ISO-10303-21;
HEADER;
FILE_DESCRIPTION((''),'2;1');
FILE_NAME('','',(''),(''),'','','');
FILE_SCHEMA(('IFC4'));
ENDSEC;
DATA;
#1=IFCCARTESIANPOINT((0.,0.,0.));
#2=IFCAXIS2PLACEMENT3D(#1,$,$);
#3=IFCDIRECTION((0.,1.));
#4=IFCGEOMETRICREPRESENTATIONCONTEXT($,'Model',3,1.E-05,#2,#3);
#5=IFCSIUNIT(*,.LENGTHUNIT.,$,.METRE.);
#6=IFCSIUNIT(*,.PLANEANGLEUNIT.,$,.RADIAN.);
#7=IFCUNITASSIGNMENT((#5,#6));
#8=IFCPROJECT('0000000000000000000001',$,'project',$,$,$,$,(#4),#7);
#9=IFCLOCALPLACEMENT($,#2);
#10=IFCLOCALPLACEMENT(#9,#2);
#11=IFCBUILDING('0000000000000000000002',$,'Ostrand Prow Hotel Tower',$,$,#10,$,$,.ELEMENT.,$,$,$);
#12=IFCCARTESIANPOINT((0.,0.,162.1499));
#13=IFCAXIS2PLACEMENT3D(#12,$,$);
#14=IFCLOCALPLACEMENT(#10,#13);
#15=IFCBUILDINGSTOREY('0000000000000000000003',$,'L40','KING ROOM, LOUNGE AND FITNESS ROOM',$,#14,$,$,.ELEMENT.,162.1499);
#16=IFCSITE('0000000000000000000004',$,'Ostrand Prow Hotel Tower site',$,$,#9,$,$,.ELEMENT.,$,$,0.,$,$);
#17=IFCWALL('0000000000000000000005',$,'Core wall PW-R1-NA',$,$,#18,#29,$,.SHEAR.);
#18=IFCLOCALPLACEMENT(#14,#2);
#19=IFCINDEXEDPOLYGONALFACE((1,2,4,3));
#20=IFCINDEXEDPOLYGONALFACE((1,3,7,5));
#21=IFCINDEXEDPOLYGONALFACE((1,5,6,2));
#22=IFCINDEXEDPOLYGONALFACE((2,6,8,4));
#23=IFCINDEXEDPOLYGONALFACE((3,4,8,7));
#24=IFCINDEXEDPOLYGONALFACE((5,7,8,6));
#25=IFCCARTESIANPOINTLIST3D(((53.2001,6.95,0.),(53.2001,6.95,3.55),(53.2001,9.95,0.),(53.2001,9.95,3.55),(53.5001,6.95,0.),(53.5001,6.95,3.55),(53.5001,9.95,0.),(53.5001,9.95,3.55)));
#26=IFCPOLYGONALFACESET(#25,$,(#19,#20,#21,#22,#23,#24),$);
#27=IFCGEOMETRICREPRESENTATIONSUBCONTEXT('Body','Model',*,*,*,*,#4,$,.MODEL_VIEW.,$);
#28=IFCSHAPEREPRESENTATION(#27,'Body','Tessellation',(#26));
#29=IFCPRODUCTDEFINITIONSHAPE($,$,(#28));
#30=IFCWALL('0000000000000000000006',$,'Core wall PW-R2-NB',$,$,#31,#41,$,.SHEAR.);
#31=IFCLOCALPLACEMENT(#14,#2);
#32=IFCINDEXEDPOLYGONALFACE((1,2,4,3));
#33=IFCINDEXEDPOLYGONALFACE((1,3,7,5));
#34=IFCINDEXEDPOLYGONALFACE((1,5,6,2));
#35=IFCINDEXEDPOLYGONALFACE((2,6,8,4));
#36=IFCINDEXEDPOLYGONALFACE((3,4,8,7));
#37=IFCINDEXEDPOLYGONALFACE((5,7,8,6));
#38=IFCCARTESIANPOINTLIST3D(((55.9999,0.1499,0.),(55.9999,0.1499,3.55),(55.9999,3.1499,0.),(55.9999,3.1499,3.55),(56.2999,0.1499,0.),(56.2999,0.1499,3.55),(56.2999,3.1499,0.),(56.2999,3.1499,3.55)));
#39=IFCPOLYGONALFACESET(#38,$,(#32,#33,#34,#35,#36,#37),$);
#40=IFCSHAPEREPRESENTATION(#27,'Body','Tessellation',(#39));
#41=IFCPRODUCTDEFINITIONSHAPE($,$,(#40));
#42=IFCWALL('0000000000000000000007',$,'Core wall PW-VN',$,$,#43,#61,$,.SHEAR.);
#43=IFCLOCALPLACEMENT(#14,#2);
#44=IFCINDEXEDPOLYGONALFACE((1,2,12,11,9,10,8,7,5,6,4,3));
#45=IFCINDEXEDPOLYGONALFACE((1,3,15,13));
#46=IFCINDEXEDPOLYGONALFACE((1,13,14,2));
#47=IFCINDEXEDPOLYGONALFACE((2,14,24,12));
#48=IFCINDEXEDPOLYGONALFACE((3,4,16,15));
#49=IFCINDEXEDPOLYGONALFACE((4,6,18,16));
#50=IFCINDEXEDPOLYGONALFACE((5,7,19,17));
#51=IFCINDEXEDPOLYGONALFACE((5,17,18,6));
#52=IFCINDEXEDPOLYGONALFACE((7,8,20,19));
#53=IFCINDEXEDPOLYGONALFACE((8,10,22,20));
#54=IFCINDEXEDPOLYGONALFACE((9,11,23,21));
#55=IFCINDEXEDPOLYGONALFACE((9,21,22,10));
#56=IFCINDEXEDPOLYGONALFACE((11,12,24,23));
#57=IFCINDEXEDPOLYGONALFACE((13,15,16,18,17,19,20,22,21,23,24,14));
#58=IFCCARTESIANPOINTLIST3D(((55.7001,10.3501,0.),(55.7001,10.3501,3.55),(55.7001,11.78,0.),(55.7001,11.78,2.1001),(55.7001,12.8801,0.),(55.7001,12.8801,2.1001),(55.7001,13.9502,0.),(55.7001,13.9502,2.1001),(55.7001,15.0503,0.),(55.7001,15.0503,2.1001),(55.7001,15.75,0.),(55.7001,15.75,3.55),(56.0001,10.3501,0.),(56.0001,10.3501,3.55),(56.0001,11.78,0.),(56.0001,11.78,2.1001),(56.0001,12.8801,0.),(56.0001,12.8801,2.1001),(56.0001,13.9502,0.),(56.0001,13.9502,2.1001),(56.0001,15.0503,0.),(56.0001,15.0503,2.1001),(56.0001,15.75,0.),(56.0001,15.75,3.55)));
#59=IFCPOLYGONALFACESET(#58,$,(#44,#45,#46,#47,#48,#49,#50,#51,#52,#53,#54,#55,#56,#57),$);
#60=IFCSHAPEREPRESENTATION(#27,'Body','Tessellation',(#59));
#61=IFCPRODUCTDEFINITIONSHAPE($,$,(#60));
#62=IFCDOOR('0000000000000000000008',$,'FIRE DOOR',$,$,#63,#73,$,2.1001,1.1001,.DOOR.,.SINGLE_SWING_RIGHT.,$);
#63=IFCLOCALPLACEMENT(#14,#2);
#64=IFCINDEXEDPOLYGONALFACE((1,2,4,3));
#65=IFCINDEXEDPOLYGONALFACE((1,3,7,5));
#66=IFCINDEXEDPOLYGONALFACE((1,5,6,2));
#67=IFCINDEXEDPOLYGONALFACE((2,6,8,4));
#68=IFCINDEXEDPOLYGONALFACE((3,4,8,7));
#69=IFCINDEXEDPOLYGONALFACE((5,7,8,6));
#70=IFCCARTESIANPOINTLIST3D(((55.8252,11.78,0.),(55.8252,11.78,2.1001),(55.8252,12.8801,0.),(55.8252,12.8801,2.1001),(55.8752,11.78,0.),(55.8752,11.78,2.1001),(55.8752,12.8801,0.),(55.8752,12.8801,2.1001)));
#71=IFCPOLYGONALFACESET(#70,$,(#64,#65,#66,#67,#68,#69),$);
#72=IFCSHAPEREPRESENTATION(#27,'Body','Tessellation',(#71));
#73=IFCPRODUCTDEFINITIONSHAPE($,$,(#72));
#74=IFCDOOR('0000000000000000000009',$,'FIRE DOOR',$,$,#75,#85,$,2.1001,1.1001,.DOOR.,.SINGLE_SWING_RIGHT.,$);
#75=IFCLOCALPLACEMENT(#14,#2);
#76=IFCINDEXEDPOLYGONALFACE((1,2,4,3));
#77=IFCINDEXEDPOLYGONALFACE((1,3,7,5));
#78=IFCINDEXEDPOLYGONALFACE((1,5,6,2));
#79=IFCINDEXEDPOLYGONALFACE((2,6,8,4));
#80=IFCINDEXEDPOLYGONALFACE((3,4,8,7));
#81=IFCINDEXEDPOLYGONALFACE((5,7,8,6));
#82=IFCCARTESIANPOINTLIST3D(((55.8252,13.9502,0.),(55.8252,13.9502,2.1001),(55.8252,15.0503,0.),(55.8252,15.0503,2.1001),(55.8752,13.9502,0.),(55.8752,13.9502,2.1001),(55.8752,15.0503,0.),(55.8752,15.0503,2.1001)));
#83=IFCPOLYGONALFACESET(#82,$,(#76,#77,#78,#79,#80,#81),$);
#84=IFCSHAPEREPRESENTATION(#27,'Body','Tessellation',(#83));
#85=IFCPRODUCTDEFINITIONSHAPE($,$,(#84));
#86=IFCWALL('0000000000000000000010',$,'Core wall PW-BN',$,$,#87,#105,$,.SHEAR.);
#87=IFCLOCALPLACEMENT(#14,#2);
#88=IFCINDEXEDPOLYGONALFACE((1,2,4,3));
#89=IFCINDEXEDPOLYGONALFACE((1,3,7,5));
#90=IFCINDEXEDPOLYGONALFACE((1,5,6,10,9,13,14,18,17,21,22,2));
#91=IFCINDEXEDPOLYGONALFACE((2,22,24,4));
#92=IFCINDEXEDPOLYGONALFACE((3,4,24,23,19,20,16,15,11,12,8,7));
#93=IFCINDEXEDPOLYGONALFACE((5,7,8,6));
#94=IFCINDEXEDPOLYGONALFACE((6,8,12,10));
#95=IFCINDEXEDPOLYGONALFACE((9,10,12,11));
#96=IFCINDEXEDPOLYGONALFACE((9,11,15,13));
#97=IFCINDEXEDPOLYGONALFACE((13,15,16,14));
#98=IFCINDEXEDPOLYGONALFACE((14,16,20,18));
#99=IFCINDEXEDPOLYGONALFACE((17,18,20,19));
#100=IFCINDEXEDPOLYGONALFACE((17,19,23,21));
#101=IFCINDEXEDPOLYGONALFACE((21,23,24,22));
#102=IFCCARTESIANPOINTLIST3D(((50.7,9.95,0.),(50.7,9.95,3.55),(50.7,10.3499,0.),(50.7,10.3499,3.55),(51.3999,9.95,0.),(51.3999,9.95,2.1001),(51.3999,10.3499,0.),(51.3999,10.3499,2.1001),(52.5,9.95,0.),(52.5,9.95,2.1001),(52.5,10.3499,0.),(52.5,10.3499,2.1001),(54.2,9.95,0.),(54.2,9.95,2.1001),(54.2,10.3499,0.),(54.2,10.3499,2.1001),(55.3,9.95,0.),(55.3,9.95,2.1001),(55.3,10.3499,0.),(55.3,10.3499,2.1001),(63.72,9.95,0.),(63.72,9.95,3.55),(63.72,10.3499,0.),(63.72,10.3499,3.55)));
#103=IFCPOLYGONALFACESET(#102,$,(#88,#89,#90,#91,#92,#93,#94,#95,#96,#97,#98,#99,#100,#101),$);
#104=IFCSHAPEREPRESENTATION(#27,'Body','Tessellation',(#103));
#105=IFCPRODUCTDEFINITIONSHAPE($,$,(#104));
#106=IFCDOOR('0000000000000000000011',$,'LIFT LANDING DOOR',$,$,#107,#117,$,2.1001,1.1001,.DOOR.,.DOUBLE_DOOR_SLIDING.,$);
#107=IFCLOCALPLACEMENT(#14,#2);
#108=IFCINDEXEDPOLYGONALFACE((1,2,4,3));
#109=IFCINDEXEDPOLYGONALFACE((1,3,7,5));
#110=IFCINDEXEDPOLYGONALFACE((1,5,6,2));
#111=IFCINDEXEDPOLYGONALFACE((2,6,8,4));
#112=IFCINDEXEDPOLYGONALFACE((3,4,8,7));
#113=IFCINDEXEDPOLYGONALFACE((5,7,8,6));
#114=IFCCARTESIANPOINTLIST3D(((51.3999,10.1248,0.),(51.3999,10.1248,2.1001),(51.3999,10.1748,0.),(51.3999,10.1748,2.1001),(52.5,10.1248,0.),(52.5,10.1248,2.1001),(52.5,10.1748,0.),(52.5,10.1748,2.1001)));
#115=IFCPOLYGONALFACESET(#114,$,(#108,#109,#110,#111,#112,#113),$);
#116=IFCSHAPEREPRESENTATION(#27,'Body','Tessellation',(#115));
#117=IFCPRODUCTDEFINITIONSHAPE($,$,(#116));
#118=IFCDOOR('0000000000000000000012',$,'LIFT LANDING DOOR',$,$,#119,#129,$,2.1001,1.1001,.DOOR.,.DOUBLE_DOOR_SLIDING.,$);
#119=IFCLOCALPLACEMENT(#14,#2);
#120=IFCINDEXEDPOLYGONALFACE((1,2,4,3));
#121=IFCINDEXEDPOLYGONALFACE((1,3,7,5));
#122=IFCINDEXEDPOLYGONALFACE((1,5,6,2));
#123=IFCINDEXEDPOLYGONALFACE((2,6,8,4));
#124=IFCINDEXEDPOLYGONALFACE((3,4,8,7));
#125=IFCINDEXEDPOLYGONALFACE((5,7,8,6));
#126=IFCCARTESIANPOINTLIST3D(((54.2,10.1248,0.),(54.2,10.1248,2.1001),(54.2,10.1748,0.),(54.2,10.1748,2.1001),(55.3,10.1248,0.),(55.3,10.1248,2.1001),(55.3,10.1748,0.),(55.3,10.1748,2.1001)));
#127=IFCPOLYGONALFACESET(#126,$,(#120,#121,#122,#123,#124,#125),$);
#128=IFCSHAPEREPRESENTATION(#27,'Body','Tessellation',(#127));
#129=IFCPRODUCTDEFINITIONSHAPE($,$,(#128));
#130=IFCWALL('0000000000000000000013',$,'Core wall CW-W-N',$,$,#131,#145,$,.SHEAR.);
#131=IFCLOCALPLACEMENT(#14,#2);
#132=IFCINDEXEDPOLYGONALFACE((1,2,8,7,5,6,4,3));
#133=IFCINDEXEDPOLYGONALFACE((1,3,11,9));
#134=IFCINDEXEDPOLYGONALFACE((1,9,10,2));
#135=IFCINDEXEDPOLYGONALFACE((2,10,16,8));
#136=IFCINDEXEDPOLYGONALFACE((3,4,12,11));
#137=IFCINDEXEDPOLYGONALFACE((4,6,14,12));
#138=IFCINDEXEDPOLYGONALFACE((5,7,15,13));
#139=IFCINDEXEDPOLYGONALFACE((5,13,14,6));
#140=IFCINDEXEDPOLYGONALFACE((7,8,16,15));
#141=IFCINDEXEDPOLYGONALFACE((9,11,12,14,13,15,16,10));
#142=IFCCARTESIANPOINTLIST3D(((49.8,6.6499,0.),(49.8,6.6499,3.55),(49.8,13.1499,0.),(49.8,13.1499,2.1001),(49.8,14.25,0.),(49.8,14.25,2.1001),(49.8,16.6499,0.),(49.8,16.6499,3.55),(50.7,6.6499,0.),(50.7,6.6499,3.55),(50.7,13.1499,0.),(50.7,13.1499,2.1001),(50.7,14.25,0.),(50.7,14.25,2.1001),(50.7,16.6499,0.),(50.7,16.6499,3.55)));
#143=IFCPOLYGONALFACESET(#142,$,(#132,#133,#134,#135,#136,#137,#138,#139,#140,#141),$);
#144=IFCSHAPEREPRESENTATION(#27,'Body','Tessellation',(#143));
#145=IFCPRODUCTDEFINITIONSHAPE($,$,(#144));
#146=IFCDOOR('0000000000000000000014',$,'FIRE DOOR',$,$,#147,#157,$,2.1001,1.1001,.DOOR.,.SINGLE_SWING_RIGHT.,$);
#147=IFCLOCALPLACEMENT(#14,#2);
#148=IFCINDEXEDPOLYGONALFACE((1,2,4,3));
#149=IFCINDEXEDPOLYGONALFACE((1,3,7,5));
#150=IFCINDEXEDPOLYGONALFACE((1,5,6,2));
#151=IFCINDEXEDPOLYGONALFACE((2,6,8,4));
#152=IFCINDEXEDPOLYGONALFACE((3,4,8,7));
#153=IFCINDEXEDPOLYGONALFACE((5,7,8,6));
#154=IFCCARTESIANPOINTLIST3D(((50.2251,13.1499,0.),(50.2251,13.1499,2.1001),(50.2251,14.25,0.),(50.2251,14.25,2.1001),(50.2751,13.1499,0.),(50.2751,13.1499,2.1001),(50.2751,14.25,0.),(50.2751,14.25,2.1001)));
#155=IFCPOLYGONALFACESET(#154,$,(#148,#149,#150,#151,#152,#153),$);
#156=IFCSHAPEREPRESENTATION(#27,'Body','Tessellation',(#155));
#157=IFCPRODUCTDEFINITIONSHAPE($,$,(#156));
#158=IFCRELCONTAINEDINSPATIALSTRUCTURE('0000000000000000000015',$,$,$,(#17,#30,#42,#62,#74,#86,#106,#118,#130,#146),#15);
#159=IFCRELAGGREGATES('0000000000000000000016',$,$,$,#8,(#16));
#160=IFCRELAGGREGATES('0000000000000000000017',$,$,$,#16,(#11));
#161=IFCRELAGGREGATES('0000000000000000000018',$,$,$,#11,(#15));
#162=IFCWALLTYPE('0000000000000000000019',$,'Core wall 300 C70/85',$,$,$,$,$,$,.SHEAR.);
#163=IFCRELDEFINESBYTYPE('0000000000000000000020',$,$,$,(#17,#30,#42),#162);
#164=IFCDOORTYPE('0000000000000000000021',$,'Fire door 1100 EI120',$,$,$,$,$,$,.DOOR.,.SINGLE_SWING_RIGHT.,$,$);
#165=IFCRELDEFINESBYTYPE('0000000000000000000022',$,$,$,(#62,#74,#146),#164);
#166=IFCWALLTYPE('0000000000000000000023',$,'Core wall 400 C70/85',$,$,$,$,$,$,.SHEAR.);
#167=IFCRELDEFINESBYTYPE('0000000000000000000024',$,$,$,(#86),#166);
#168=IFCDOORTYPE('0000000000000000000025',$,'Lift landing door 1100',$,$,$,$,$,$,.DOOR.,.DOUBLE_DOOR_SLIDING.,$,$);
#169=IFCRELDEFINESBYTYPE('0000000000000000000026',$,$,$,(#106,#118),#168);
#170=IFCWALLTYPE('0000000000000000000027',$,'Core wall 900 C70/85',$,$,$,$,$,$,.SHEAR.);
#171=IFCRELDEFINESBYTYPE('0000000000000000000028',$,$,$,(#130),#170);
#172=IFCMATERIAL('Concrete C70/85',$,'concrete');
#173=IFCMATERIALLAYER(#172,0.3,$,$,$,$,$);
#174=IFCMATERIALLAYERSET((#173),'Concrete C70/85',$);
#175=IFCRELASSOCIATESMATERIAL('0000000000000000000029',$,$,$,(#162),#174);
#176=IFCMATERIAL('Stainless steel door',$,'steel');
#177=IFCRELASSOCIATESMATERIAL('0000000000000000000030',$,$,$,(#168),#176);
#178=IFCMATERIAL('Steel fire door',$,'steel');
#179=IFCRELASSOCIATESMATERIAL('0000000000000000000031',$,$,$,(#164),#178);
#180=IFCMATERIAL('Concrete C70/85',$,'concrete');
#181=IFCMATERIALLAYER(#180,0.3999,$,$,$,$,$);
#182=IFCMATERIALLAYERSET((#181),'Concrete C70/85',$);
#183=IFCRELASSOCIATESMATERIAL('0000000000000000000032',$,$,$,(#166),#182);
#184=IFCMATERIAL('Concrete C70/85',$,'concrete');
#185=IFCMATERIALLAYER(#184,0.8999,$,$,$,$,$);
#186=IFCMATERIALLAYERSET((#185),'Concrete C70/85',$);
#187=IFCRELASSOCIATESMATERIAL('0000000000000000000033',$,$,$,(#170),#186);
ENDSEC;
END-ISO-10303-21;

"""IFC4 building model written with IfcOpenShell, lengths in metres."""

from ifc_helpers import new_model, si_unit, direction, frame, frame_2d, origin, place, context, subcontext, project, spatial, rectangle, extrude, material, layer, layer_set, type_object, element, fill, save


model = new_model("IFC4")

# Units and contexts
model_context = context("Model", 3, precision=1e-05, world=origin(), true_north=direction((0.0, 1.0)))
body_context = subcontext(model_context, "Body", "Model", "MODEL_VIEW")
ifc_project = project(units=[si_unit("LENGTHUNIT", "METRE"), si_unit("PLANEANGLEUNIT", "RADIAN")], contexts=[model_context])

# Site, building, storey
site_placement = place(None, origin())
site = spatial("IfcSite", under=ifc_project, at=site_placement, Name="Ostrand Prow Hotel Tower site", CompositionType="ELEMENT", RefElevation=0.0)
building_placement = place(site_placement, origin())
building = spatial("IfcBuilding", under=site, at=building_placement, Name="Ostrand Prow Hotel Tower", CompositionType="ELEMENT")
storey_placement = place(building_placement, frame((0.0, 0.0, 162.1499)))
storey = spatial("IfcBuildingStorey", under=building, at=storey_placement, Name="L40", Description="KING ROOM, LOUNGE AND FITNESS ROOM", CompositionType="ELEMENT", Elevation=162.1499)

# Shared definitions
ifc_material_1 = material(Name="Concrete C70/85", Category="concrete")
ifc_layer_1 = layer(ifc_material_1, 0.3)
ifc_layer_set_1 = layer_set([ifc_layer_1], Name="Concrete C70/85")
wall_type_1 = type_object("IfcWallType", Name="Core wall 300 C70/85", PredefinedType="SHEAR", material=ifc_layer_set_1)
ifc_material_2 = material(Name="Stainless steel door", Category="steel")
door_type_1 = type_object("IfcDoorType", Name="Lift landing door 1100", OperationType="DOUBLE_DOOR_SLIDING", PredefinedType="DOOR", material=ifc_material_2)

# Walls
for number, where, z_axis, x_axis, name in (
    (1, (53.3501, 6.95, 0.0), (0.0, 0.0, 1.0), (0.0, 1.0, 0.0), "Core wall PW-R1-NA"),
    (2, (56.1499, 0.1499, 0.0), (0.0, 0.0, 1.0), (0.0, 1.0, 0.0), "Core wall PW-R2-NB"),
):
    element("IfcWall", number, at=place(storey_placement, frame(where, z_axis=z_axis, x_axis=x_axis)), inside=storey, type_object=wall_type_1, Name=name, PredefinedType="SHEAR", context=body_context, shape_type="SweptSolid", body=[
        extrude(rectangle(XDim=3.0, YDim=0.3, at=frame_2d((1.5, 0.0))), origin(), (0.0, 0.0, 1.0), 3.55),
    ])

# Walls, openings, doors
wall_1_placement = place(storey_placement, frame((55.8501, 10.3501, 0.0), z_axis=(0.0, 0.0, 1.0), x_axis=(0.0, 1.0, 0.0)))
wall_1 = element("IfcWall", 3, at=wall_1_placement, inside=storey, type_object=wall_type_1, Name="Core wall PW-VN", PredefinedType="SHEAR", context=body_context, shape_type="SweptSolid", body=[
    extrude(rectangle(XDim=5.3999, YDim=0.3, at=frame_2d((2.7, 0.0))), origin(), (0.0, 0.0, 1.0), 3.55),
])
opening_1_placement = place(wall_1_placement, frame((1.4299, 0.0, 0.0)))
opening_1 = element("IfcOpeningElement", 4, at=opening_1_placement, cuts=wall_1, PredefinedType="OPENING", context=body_context, shape_type="SweptSolid", body=[
    extrude(rectangle(XDim=1.1001, YDim=2.1001, at=frame_2d((0.55, 1.05))), frame((0.0, 0.1599, 0.0), z_axis=(0.0, -1.0, 0.0), x_axis=(1.0, 0.0, 0.0)), (0.0, 0.0, 1.0), 0.3201),
])
opening_2_placement = place(wall_1_placement, frame((3.6001, 0.0, 0.0)))
opening_2 = element("IfcOpeningElement", 5, at=opening_2_placement, cuts=wall_1, PredefinedType="OPENING", context=body_context, shape_type="SweptSolid", body=[
    extrude(rectangle(XDim=1.1001, YDim=2.1001, at=frame_2d((0.55, 1.05))), frame((0.0, 0.1599, 0.0), z_axis=(0.0, -1.0, 0.0), x_axis=(1.0, 0.0, 0.0)), (0.0, 0.0, 1.0), 0.3201),
])
ifc_material_3 = material(Name="Steel fire door", Category="steel")
door_type_2 = type_object("IfcDoorType", Name="Fire door 1100 EI120", OperationType="SINGLE_SWING_RIGHT", PredefinedType="DOOR", material=ifc_material_3)
door_1_placement = place(opening_1_placement, origin())
door_1 = element("IfcDoor", 6, at=door_1_placement, inside=storey, type_object=door_type_2, Name="FIRE DOOR", OperationType="SINGLE_SWING_RIGHT", OverallHeight=2.1001, OverallWidth=1.1001, PredefinedType="DOOR", context=body_context, shape_type="SweptSolid", body=[
    extrude(rectangle(XDim=1.1001, YDim=2.1001, at=frame_2d((0.55, 1.05))), frame((0.0, 0.0249, 0.0), z_axis=(0.0, -1.0, 0.0), x_axis=(1.0, 0.0, 0.0)), (0.0, 0.0, 1.0), 0.05),
])
fill(opening_1, door_1)
door_2_placement = place(opening_2_placement, origin())
door_2 = element("IfcDoor", 7, at=door_2_placement, inside=storey, type_object=door_type_2, Name="FIRE DOOR", OperationType="SINGLE_SWING_RIGHT", OverallHeight=2.1001, OverallWidth=1.1001, PredefinedType="DOOR", context=body_context, shape_type="SweptSolid", body=[
    extrude(rectangle(XDim=1.1001, YDim=2.1001, at=frame_2d((0.55, 1.05))), frame((0.0, 0.0249, 0.0), z_axis=(0.0, -1.0, 0.0), x_axis=(1.0, 0.0, 0.0)), (0.0, 0.0, 1.0), 0.05),
])
fill(opening_2, door_2)
ifc_material_4 = material(Name="Concrete C70/85", Category="concrete")
ifc_layer_2 = layer(ifc_material_4, 0.3999)
ifc_layer_set_2 = layer_set([ifc_layer_2], Name="Concrete C70/85")
wall_type_2 = type_object("IfcWallType", Name="Core wall 400 C70/85", PredefinedType="SHEAR", material=ifc_layer_set_2)
wall_2_placement = place(storey_placement, frame((50.7, 10.1499, 0.0), z_axis=(0.0, 0.0, 1.0), x_axis=(1.0, 0.0, 0.0)))
wall_2 = element("IfcWall", 8, at=wall_2_placement, inside=storey, type_object=wall_type_2, Name="Core wall PW-BN", PredefinedType="SHEAR", context=body_context, shape_type="SweptSolid", body=[
    extrude(rectangle(XDim=13.02, YDim=0.3999, at=frame_2d((6.51, 0.0))), origin(), (0.0, 0.0, 1.0), 3.55),
])
opening_3_placement = place(wall_2_placement, frame((0.7, 0.0, 0.0)))
opening_3 = element("IfcOpeningElement", 9, at=opening_3_placement, cuts=wall_2, PredefinedType="OPENING", context=body_context, shape_type="SweptSolid", body=[
    extrude(rectangle(XDim=1.1001, YDim=2.1001, at=frame_2d((0.55, 1.05))), frame((0.0, 0.21, 0.0), z_axis=(0.0, -1.0, 0.0), x_axis=(1.0, 0.0, 0.0)), (0.0, 0.0, 1.0), 0.4199),
])
opening_4_placement = place(wall_2_placement, frame((3.5, 0.0, 0.0)))
opening_4 = element("IfcOpeningElement", 10, at=opening_4_placement, cuts=wall_2, PredefinedType="OPENING", context=body_context, shape_type="SweptSolid", body=[
    extrude(rectangle(XDim=1.1001, YDim=2.1001, at=frame_2d((0.55, 1.05))), frame((0.0, 0.21, 0.0), z_axis=(0.0, -1.0, 0.0), x_axis=(1.0, 0.0, 0.0)), (0.0, 0.0, 1.0), 0.4199),
])
door_3_placement = place(opening_3_placement, origin())
door_3 = element("IfcDoor", 11, at=door_3_placement, inside=storey, type_object=door_type_1, Name="LIFT LANDING DOOR", OperationType="DOUBLE_DOOR_SLIDING", OverallHeight=2.1001, OverallWidth=1.1001, PredefinedType="DOOR", context=body_context, shape_type="SweptSolid", body=[
    extrude(rectangle(XDim=1.1001, YDim=2.1001, at=frame_2d((0.55, 1.05))), frame((0.0, 0.0249, 0.0), z_axis=(0.0, -1.0, 0.0), x_axis=(1.0, 0.0, 0.0)), (0.0, 0.0, 1.0), 0.05),
])
fill(opening_3, door_3)
door_4_placement = place(opening_4_placement, origin())
door_4 = element("IfcDoor", 12, at=door_4_placement, inside=storey, type_object=door_type_1, Name="LIFT LANDING DOOR", OperationType="DOUBLE_DOOR_SLIDING", OverallHeight=2.1001, OverallWidth=1.1001, PredefinedType="DOOR", context=body_context, shape_type="SweptSolid", body=[
    extrude(rectangle(XDim=1.1001, YDim=2.1001, at=frame_2d((0.55, 1.05))), frame((0.0, 0.0249, 0.0), z_axis=(0.0, -1.0, 0.0), x_axis=(1.0, 0.0, 0.0)), (0.0, 0.0, 1.0), 0.05),
])
fill(opening_4, door_4)

# Wall, opening, door
ifc_material_5 = material(Name="Concrete C70/85", Category="concrete")
ifc_layer_3 = layer(ifc_material_5, 0.8999)
ifc_layer_set_3 = layer_set([ifc_layer_3], Name="Concrete C70/85")
wall_type_3 = type_object("IfcWallType", Name="Core wall 900 C70/85", PredefinedType="SHEAR", material=ifc_layer_set_3)
wall_3_placement = place(storey_placement, frame((50.25, 6.6499, 0.0), z_axis=(0.0, 0.0, 1.0), x_axis=(0.0, 1.0, 0.0)))
wall_3 = element("IfcWall", 13, at=wall_3_placement, inside=storey, type_object=wall_type_3, Name="Core wall CW-W-N", PredefinedType="SHEAR", context=body_context, shape_type="SweptSolid", body=[
    extrude(rectangle(XDim=10.0, YDim=0.8999, at=frame_2d((5.0, 0.0))), origin(), (0.0, 0.0, 1.0), 3.55),
])
opening_5_placement = place(wall_3_placement, frame((6.5, 0.0, 0.0)))
opening_5 = element("IfcOpeningElement", 14, at=opening_5_placement, cuts=wall_3, PredefinedType="OPENING", context=body_context, shape_type="SweptSolid", body=[
    extrude(rectangle(XDim=1.1001, YDim=2.1001, at=frame_2d((0.55, 1.05))), frame((0.0, 0.46, 0.0), z_axis=(0.0, -1.0, 0.0), x_axis=(1.0, 0.0, 0.0)), (0.0, 0.0, 1.0), 0.9199),
])
door_5_placement = place(opening_5_placement, origin())
door_5 = element("IfcDoor", 15, at=door_5_placement, inside=storey, type_object=door_type_2, Name="FIRE DOOR", OperationType="SINGLE_SWING_RIGHT", OverallHeight=2.1001, OverallWidth=1.1001, PredefinedType="DOOR", context=body_context, shape_type="SweptSolid", body=[
    extrude(rectangle(XDim=1.1001, YDim=2.1001, at=frame_2d((0.55, 1.05))), frame((0.0, 0.0249, 0.0), z_axis=(0.0, -1.0, 0.0), x_axis=(1.0, 0.0, 0.0)), (0.0, 0.0, 1.0), 0.05),
])
fill(opening_5, door_5)

save(model, "model.ifc")
